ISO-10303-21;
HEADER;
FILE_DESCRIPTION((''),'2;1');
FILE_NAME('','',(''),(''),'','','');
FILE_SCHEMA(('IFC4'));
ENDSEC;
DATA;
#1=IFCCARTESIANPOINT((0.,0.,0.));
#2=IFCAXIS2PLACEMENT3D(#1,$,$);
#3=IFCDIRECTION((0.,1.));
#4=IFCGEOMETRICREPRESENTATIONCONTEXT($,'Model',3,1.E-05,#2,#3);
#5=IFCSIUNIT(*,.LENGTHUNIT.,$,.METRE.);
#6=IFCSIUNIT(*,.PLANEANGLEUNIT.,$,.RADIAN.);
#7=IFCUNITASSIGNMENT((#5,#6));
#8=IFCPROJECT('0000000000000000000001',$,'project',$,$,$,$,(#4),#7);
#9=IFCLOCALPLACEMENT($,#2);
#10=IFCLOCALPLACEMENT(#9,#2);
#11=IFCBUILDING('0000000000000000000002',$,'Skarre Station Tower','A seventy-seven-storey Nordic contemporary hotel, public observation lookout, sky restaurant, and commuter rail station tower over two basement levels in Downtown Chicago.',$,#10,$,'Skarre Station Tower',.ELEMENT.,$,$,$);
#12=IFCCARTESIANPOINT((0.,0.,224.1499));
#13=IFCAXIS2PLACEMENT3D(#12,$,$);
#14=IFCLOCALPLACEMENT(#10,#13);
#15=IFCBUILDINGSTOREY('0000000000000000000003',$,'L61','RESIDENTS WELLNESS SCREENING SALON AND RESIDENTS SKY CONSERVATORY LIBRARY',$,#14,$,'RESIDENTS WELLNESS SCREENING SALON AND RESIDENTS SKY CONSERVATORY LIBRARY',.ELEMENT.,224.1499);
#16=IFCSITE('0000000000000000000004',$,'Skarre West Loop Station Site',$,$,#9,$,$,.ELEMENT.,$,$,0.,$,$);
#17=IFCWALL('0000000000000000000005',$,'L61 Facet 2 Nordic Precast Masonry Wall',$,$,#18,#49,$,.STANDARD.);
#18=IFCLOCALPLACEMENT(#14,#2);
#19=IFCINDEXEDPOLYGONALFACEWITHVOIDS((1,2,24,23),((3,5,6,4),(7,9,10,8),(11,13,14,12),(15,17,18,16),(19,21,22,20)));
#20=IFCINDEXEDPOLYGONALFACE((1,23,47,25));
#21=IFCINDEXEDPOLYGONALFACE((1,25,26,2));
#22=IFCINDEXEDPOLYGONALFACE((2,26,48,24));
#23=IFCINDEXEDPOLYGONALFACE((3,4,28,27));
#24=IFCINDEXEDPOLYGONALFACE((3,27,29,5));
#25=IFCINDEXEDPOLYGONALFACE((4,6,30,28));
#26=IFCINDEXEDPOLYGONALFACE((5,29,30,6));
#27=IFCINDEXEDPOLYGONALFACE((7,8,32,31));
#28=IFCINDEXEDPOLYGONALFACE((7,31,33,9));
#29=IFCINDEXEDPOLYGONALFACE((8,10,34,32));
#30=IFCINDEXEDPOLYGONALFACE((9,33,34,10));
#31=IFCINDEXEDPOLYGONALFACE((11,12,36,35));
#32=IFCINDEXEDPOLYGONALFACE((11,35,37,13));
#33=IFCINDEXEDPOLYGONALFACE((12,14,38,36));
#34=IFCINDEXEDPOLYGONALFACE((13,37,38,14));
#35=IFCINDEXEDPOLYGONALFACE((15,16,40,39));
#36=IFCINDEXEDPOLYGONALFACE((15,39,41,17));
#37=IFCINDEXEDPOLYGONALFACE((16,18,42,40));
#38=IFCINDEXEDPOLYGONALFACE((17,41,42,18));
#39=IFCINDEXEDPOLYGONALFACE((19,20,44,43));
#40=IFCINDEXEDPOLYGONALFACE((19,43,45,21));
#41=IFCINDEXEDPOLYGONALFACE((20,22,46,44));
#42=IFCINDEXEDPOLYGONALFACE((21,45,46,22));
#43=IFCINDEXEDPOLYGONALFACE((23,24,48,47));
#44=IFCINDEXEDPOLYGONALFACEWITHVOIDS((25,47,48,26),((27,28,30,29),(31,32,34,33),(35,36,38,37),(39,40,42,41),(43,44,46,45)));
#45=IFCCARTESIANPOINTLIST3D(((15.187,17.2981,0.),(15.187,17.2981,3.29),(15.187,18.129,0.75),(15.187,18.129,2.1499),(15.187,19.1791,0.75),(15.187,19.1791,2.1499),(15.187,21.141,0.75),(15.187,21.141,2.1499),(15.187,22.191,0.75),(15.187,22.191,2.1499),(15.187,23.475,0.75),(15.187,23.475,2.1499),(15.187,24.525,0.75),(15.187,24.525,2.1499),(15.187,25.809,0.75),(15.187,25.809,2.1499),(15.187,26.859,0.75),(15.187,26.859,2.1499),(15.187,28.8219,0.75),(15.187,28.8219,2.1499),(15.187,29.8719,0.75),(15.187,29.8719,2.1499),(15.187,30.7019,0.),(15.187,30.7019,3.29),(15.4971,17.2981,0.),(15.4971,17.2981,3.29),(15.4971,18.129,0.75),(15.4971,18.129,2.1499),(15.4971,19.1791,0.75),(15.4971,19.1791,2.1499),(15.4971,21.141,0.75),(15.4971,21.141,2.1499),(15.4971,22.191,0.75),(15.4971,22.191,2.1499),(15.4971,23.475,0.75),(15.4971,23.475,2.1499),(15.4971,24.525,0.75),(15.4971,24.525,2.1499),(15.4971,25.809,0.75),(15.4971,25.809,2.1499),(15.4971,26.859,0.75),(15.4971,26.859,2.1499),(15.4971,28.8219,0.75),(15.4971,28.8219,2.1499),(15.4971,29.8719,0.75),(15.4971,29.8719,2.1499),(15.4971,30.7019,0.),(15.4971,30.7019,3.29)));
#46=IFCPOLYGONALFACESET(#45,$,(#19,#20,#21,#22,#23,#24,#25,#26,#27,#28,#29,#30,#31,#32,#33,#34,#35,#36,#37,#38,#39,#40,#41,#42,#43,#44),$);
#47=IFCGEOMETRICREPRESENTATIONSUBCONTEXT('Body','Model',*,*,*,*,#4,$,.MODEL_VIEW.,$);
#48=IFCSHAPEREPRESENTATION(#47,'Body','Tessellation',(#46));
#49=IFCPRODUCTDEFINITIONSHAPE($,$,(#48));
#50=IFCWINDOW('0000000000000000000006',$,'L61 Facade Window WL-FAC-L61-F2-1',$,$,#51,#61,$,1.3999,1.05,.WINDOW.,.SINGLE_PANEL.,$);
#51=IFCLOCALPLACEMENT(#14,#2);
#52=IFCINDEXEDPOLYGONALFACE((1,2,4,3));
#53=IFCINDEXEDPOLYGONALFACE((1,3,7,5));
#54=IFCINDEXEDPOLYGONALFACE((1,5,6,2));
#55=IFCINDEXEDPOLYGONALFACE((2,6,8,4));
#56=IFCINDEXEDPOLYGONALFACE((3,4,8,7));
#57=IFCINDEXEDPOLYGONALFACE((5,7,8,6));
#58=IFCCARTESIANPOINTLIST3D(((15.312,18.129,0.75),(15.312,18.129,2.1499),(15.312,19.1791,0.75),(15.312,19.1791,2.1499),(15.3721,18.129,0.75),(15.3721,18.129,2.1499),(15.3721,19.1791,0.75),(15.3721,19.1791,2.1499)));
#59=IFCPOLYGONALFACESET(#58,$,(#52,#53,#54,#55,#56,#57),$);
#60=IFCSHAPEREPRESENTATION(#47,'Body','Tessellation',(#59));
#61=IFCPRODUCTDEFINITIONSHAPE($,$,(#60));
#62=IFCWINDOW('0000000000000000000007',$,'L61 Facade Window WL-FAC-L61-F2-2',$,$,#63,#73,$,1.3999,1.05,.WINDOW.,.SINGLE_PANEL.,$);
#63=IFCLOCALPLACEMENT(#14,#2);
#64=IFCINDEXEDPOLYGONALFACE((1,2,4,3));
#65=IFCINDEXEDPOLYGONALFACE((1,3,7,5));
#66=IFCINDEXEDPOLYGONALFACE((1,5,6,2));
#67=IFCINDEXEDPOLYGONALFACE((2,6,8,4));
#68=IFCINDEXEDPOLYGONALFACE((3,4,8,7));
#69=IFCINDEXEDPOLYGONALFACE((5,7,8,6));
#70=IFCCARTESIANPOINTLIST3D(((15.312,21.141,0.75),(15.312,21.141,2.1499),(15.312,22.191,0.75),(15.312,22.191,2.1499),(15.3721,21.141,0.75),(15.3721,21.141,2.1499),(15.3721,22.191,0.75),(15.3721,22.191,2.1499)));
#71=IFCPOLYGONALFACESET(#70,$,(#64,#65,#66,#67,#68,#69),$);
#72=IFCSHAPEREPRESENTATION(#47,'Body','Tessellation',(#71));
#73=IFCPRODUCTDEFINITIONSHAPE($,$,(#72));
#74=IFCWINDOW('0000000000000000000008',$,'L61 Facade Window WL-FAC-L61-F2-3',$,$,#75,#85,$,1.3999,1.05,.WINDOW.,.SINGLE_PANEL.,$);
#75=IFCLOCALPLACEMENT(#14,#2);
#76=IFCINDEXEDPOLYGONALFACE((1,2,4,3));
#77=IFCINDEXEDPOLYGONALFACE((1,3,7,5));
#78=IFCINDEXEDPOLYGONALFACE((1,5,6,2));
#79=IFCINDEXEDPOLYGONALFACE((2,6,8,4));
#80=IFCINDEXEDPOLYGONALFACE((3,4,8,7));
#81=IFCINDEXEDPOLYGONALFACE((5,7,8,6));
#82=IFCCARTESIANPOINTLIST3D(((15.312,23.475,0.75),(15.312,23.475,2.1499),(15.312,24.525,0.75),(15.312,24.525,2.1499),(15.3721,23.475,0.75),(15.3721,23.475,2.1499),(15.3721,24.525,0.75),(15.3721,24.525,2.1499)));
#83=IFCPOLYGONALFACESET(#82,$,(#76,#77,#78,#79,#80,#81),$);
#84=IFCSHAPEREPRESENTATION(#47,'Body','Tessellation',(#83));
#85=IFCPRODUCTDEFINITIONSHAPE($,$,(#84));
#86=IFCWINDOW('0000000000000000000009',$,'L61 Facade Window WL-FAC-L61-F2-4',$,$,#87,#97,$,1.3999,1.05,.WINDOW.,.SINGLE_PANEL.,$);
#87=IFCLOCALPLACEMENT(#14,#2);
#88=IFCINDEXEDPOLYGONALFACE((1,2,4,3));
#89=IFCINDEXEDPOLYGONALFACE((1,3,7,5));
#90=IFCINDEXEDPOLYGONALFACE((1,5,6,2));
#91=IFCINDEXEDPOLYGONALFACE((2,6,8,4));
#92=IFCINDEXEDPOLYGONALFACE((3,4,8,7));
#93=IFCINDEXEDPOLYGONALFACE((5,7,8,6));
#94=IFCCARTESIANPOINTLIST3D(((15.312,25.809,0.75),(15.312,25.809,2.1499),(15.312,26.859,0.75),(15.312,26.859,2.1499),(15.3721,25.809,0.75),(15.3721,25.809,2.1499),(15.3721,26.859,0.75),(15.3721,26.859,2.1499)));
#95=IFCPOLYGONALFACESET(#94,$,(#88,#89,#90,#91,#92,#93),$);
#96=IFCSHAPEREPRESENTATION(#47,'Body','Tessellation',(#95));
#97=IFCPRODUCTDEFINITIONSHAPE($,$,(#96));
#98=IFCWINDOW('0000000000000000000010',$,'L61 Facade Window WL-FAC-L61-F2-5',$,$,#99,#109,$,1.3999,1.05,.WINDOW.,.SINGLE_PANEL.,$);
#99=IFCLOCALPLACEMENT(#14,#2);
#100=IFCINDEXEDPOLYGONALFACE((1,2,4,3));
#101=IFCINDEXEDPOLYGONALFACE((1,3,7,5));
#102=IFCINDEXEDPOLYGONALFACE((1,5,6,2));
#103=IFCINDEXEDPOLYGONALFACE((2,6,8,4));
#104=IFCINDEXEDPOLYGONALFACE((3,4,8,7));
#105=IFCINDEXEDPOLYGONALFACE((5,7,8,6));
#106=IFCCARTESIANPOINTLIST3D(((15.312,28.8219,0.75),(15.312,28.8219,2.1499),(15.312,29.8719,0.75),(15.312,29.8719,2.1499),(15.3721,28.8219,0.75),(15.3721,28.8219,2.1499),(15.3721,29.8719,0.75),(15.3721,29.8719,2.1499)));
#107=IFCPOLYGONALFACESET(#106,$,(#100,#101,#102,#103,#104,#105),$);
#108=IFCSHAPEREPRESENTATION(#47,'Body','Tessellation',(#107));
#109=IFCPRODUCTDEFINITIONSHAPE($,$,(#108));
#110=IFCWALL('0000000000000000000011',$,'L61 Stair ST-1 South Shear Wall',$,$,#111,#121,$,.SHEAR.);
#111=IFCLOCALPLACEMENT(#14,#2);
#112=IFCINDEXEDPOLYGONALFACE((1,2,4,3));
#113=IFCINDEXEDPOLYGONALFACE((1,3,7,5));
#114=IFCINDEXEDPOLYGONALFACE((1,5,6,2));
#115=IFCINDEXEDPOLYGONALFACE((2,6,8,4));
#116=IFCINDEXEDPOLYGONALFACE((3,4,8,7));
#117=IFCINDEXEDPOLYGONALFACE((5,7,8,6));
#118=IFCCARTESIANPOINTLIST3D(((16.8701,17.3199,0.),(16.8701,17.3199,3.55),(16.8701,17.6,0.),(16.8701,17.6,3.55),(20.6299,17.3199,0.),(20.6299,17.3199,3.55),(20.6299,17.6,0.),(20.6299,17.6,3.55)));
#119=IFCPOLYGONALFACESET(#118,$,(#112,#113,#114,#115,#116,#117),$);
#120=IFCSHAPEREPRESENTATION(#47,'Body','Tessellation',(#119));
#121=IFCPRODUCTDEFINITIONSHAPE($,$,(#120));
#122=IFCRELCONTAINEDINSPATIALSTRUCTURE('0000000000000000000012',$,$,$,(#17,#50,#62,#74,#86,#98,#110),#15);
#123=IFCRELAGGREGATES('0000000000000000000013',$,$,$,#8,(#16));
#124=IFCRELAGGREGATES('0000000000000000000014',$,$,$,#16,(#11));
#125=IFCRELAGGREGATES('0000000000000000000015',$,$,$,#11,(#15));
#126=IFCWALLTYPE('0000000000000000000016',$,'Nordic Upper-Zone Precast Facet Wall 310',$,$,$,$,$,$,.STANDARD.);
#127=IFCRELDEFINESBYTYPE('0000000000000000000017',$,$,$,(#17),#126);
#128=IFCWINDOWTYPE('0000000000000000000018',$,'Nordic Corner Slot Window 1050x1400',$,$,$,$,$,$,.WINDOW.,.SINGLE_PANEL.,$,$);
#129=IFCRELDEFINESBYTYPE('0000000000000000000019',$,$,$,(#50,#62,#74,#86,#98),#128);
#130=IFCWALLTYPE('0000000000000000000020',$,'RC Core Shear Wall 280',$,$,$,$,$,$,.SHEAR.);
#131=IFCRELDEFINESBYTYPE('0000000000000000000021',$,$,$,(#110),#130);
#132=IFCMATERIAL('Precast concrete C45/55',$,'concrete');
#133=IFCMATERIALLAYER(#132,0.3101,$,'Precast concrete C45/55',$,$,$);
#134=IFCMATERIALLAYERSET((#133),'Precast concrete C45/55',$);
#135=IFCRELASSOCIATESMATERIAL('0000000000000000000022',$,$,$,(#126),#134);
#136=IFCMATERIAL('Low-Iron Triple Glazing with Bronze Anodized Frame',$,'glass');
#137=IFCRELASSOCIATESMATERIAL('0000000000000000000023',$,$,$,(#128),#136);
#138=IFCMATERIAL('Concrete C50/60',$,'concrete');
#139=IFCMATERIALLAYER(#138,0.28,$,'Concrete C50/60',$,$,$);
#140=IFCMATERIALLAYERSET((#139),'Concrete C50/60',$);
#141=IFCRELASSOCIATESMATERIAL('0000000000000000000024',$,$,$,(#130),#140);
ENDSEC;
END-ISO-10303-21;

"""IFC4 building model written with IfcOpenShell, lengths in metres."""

from ifc_helpers import new_model, si_unit, direction, frame, frame_2d, origin, place, context, subcontext, project, spatial, rectangle, extrude, material, layer, layer_set, type_object, element, fill, save


model = new_model("IFC4")

# Units and contexts
model_context = context("Model", 3, precision=1e-05, world=origin(), true_north=direction((0.0, 1.0)))
body_context = subcontext(model_context, "Body", "Model", "MODEL_VIEW")
ifc_project = project(units=[si_unit("LENGTHUNIT", "METRE"), si_unit("PLANEANGLEUNIT", "RADIAN")], contexts=[model_context])

# Site, building, storey
site_placement = place(None, origin())
site = spatial("IfcSite", under=ifc_project, at=site_placement, Name="Skarre West Loop Station Site", CompositionType="ELEMENT", RefElevation=0.0)
building_placement = place(site_placement, origin())
building = spatial("IfcBuilding", under=site, at=building_placement, Name="Skarre Station Tower", Description="A seventy-seven-storey Nordic contemporary hotel, public observation lookout, sky restaurant, and commuter rail station tower over two basement levels in Downtown Chicago.", LongName="Skarre Station Tower", CompositionType="ELEMENT")
storey_placement = place(building_placement, frame((0.0, 0.0, 224.1499)))
storey = spatial("IfcBuildingStorey", under=building, at=storey_placement, Name="L61", Description="RESIDENTS WELLNESS SCREENING SALON AND RESIDENTS SKY CONSERVATORY LIBRARY", LongName="RESIDENTS WELLNESS SCREENING SALON AND RESIDENTS SKY CONSERVATORY LIBRARY", CompositionType="ELEMENT", Elevation=224.1499)

# Shared definitions
ifc_material_1 = material(Name="Concrete C50/60", Category="concrete")

# Shared definitions
ifc_material_2 = material(Name="Precast concrete C45/55", Category="concrete")

# Wall, openings, windows
ifc_layer_1 = layer(ifc_material_2, 0.3101, Name="Precast concrete C45/55")
ifc_layer_set_1 = layer_set([ifc_layer_1], Name="Precast concrete C45/55")
wall_type_1 = type_object("IfcWallType", Name="Nordic Upper-Zone Precast Facet Wall 310", PredefinedType="STANDARD", material=ifc_layer_set_1)
wall_1_placement = place(storey_placement, frame((15.342, 17.2981, 0.0), z_axis=(0.0, 0.0, 1.0), x_axis=(0.0, 1.0, 0.0)))
wall_1 = element("IfcWall", 1, at=wall_1_placement, inside=storey, type_object=wall_type_1, Name="L61 Facet 2 Nordic Precast Masonry Wall", PredefinedType="STANDARD", context=body_context, shape_type="SweptSolid", body=[
    extrude(rectangle(XDim=13.4038, YDim=0.3101, at=frame_2d((6.7019, 0.0))), origin(), (0.0, 0.0, 1.0), 3.29),
])
opening_1_placement = place(wall_1_placement, frame((0.8311, 0.0, 0.75)))
opening_1 = element("IfcOpeningElement", 2, at=opening_1_placement, cuts=wall_1, PredefinedType="OPENING", context=body_context, shape_type="SweptSolid", body=[
    extrude(rectangle(XDim=1.05, YDim=1.3999, at=frame_2d((0.5249, 0.7))), frame((0.0, 0.165, 0.0), z_axis=(0.0, -1.0, 0.0), x_axis=(1.0, 0.0, 0.0)), (0.0, 0.0, 1.0), 0.3301),
])
opening_2_placement = place(wall_1_placement, frame((3.843, 0.0, 0.75)))
opening_2 = element("IfcOpeningElement", 3, at=opening_2_placement, cuts=wall_1, PredefinedType="OPENING", context=body_context, shape_type="SweptSolid", body=[
    extrude(rectangle(XDim=1.05, YDim=1.3999, at=frame_2d((0.5249, 0.7))), frame((0.0, 0.165, 0.0), z_axis=(0.0, -1.0, 0.0), x_axis=(1.0, 0.0, 0.0)), (0.0, 0.0, 1.0), 0.3301),
])
opening_3_placement = place(wall_1_placement, frame((6.177, 0.0, 0.75)))
opening_3 = element("IfcOpeningElement", 4, at=opening_3_placement, cuts=wall_1, PredefinedType="OPENING", context=body_context, shape_type="SweptSolid", body=[
    extrude(rectangle(XDim=1.05, YDim=1.3999, at=frame_2d((0.5249, 0.7))), frame((0.0, 0.165, 0.0), z_axis=(0.0, -1.0, 0.0), x_axis=(1.0, 0.0, 0.0)), (0.0, 0.0, 1.0), 0.3301),
])
opening_4_placement = place(wall_1_placement, frame((8.511, 0.0, 0.75)))
opening_4 = element("IfcOpeningElement", 5, at=opening_4_placement, cuts=wall_1, PredefinedType="OPENING", context=body_context, shape_type="SweptSolid", body=[
    extrude(rectangle(XDim=1.05, YDim=1.3999, at=frame_2d((0.5249, 0.7))), frame((0.0, 0.165, 0.0), z_axis=(0.0, -1.0, 0.0), x_axis=(1.0, 0.0, 0.0)), (0.0, 0.0, 1.0), 0.3301),
])
opening_5_placement = place(wall_1_placement, frame((11.5239, 0.0, 0.75)))
opening_5 = element("IfcOpeningElement", 6, at=opening_5_placement, cuts=wall_1, PredefinedType="OPENING", context=body_context, shape_type="SweptSolid", body=[
    extrude(rectangle(XDim=1.05, YDim=1.3999, at=frame_2d((0.5249, 0.7))), frame((0.0, 0.165, 0.0), z_axis=(0.0, -1.0, 0.0), x_axis=(1.0, 0.0, 0.0)), (0.0, 0.0, 1.0), 0.3301),
])
ifc_material_3 = material(Name="Low-Iron Triple Glazing with Bronze Anodized Frame", Category="glass")
window_type = type_object("IfcWindowType", Name="Nordic Corner Slot Window 1050x1400", PartitioningType="SINGLE_PANEL", PredefinedType="WINDOW", material=ifc_material_3)
window_1_placement = place(opening_1_placement, origin())
window_1 = element("IfcWindow", 7, at=window_1_placement, inside=storey, type_object=window_type, Name="L61 Facade Window WL-FAC-L61-F2-1", OverallHeight=1.3999, OverallWidth=1.05, PartitioningType="SINGLE_PANEL", PredefinedType="WINDOW", context=body_context, shape_type="SweptSolid", body=[
    extrude(rectangle(XDim=1.05, YDim=1.3999, at=frame_2d((0.5249, 0.7))), frame((0.0, 0.03, 0.0), z_axis=(0.0, -1.0, 0.0), x_axis=(1.0, 0.0, 0.0)), (0.0, 0.0, 1.0), 0.0601),
])
fill(opening_1, window_1)
window_2_placement = place(opening_2_placement, origin())
window_2 = element("IfcWindow", 8, at=window_2_placement, inside=storey, type_object=window_type, Name="L61 Facade Window WL-FAC-L61-F2-2", OverallHeight=1.3999, OverallWidth=1.05, PartitioningType="SINGLE_PANEL", PredefinedType="WINDOW", context=body_context, shape_type="SweptSolid", body=[
    extrude(rectangle(XDim=1.05, YDim=1.3999, at=frame_2d((0.5249, 0.7))), frame((0.0, 0.03, 0.0), z_axis=(0.0, -1.0, 0.0), x_axis=(1.0, 0.0, 0.0)), (0.0, 0.0, 1.0), 0.0601),
])
fill(opening_2, window_2)
window_3_placement = place(opening_3_placement, origin())
window_3 = element("IfcWindow", 9, at=window_3_placement, inside=storey, type_object=window_type, Name="L61 Facade Window WL-FAC-L61-F2-3", OverallHeight=1.3999, OverallWidth=1.05, PartitioningType="SINGLE_PANEL", PredefinedType="WINDOW", context=body_context, shape_type="SweptSolid", body=[
    extrude(rectangle(XDim=1.05, YDim=1.3999, at=frame_2d((0.5249, 0.7))), frame((0.0, 0.03, 0.0), z_axis=(0.0, -1.0, 0.0), x_axis=(1.0, 0.0, 0.0)), (0.0, 0.0, 1.0), 0.0601),
])
fill(opening_3, window_3)
window_4_placement = place(opening_4_placement, origin())
window_4 = element("IfcWindow", 10, at=window_4_placement, inside=storey, type_object=window_type, Name="L61 Facade Window WL-FAC-L61-F2-4", OverallHeight=1.3999, OverallWidth=1.05, PartitioningType="SINGLE_PANEL", PredefinedType="WINDOW", context=body_context, shape_type="SweptSolid", body=[
    extrude(rectangle(XDim=1.05, YDim=1.3999, at=frame_2d((0.5249, 0.7))), frame((0.0, 0.03, 0.0), z_axis=(0.0, -1.0, 0.0), x_axis=(1.0, 0.0, 0.0)), (0.0, 0.0, 1.0), 0.0601),
])
fill(opening_4, window_4)
window_5_placement = place(opening_5_placement, origin())
window_5 = element("IfcWindow", 11, at=window_5_placement, inside=storey, type_object=window_type, Name="L61 Facade Window WL-FAC-L61-F2-5", OverallHeight=1.3999, OverallWidth=1.05, PartitioningType="SINGLE_PANEL", PredefinedType="WINDOW", context=body_context, shape_type="SweptSolid", body=[
    extrude(rectangle(XDim=1.05, YDim=1.3999, at=frame_2d((0.5249, 0.7))), frame((0.0, 0.03, 0.0), z_axis=(0.0, -1.0, 0.0), x_axis=(1.0, 0.0, 0.0)), (0.0, 0.0, 1.0), 0.0601),
])
fill(opening_5, window_5)

# Wall
ifc_layer_2 = layer(ifc_material_1, 0.28, Name="Concrete C50/60")
ifc_layer_set_2 = layer_set([ifc_layer_2], Name="Concrete C50/60")
wall_type_2 = type_object("IfcWallType", Name="RC Core Shear Wall 280", PredefinedType="SHEAR", material=ifc_layer_set_2)
wall_2_placement = place(storey_placement, frame((16.8701, 17.46, 0.0), z_axis=(0.0, 0.0, 1.0), x_axis=(1.0, 0.0, 0.0)))
element("IfcWall", 12, at=wall_2_placement, inside=storey, type_object=wall_type_2, Name="L61 Stair ST-1 South Shear Wall", PredefinedType="SHEAR", context=body_context, shape_type="SweptSolid", body=[
    extrude(rectangle(XDim=3.7598, YDim=0.28, at=frame_2d((1.8799, 0.0))), origin(), (0.0, 0.0, 1.0), 3.55),
])

save(model, "model.ifc")
